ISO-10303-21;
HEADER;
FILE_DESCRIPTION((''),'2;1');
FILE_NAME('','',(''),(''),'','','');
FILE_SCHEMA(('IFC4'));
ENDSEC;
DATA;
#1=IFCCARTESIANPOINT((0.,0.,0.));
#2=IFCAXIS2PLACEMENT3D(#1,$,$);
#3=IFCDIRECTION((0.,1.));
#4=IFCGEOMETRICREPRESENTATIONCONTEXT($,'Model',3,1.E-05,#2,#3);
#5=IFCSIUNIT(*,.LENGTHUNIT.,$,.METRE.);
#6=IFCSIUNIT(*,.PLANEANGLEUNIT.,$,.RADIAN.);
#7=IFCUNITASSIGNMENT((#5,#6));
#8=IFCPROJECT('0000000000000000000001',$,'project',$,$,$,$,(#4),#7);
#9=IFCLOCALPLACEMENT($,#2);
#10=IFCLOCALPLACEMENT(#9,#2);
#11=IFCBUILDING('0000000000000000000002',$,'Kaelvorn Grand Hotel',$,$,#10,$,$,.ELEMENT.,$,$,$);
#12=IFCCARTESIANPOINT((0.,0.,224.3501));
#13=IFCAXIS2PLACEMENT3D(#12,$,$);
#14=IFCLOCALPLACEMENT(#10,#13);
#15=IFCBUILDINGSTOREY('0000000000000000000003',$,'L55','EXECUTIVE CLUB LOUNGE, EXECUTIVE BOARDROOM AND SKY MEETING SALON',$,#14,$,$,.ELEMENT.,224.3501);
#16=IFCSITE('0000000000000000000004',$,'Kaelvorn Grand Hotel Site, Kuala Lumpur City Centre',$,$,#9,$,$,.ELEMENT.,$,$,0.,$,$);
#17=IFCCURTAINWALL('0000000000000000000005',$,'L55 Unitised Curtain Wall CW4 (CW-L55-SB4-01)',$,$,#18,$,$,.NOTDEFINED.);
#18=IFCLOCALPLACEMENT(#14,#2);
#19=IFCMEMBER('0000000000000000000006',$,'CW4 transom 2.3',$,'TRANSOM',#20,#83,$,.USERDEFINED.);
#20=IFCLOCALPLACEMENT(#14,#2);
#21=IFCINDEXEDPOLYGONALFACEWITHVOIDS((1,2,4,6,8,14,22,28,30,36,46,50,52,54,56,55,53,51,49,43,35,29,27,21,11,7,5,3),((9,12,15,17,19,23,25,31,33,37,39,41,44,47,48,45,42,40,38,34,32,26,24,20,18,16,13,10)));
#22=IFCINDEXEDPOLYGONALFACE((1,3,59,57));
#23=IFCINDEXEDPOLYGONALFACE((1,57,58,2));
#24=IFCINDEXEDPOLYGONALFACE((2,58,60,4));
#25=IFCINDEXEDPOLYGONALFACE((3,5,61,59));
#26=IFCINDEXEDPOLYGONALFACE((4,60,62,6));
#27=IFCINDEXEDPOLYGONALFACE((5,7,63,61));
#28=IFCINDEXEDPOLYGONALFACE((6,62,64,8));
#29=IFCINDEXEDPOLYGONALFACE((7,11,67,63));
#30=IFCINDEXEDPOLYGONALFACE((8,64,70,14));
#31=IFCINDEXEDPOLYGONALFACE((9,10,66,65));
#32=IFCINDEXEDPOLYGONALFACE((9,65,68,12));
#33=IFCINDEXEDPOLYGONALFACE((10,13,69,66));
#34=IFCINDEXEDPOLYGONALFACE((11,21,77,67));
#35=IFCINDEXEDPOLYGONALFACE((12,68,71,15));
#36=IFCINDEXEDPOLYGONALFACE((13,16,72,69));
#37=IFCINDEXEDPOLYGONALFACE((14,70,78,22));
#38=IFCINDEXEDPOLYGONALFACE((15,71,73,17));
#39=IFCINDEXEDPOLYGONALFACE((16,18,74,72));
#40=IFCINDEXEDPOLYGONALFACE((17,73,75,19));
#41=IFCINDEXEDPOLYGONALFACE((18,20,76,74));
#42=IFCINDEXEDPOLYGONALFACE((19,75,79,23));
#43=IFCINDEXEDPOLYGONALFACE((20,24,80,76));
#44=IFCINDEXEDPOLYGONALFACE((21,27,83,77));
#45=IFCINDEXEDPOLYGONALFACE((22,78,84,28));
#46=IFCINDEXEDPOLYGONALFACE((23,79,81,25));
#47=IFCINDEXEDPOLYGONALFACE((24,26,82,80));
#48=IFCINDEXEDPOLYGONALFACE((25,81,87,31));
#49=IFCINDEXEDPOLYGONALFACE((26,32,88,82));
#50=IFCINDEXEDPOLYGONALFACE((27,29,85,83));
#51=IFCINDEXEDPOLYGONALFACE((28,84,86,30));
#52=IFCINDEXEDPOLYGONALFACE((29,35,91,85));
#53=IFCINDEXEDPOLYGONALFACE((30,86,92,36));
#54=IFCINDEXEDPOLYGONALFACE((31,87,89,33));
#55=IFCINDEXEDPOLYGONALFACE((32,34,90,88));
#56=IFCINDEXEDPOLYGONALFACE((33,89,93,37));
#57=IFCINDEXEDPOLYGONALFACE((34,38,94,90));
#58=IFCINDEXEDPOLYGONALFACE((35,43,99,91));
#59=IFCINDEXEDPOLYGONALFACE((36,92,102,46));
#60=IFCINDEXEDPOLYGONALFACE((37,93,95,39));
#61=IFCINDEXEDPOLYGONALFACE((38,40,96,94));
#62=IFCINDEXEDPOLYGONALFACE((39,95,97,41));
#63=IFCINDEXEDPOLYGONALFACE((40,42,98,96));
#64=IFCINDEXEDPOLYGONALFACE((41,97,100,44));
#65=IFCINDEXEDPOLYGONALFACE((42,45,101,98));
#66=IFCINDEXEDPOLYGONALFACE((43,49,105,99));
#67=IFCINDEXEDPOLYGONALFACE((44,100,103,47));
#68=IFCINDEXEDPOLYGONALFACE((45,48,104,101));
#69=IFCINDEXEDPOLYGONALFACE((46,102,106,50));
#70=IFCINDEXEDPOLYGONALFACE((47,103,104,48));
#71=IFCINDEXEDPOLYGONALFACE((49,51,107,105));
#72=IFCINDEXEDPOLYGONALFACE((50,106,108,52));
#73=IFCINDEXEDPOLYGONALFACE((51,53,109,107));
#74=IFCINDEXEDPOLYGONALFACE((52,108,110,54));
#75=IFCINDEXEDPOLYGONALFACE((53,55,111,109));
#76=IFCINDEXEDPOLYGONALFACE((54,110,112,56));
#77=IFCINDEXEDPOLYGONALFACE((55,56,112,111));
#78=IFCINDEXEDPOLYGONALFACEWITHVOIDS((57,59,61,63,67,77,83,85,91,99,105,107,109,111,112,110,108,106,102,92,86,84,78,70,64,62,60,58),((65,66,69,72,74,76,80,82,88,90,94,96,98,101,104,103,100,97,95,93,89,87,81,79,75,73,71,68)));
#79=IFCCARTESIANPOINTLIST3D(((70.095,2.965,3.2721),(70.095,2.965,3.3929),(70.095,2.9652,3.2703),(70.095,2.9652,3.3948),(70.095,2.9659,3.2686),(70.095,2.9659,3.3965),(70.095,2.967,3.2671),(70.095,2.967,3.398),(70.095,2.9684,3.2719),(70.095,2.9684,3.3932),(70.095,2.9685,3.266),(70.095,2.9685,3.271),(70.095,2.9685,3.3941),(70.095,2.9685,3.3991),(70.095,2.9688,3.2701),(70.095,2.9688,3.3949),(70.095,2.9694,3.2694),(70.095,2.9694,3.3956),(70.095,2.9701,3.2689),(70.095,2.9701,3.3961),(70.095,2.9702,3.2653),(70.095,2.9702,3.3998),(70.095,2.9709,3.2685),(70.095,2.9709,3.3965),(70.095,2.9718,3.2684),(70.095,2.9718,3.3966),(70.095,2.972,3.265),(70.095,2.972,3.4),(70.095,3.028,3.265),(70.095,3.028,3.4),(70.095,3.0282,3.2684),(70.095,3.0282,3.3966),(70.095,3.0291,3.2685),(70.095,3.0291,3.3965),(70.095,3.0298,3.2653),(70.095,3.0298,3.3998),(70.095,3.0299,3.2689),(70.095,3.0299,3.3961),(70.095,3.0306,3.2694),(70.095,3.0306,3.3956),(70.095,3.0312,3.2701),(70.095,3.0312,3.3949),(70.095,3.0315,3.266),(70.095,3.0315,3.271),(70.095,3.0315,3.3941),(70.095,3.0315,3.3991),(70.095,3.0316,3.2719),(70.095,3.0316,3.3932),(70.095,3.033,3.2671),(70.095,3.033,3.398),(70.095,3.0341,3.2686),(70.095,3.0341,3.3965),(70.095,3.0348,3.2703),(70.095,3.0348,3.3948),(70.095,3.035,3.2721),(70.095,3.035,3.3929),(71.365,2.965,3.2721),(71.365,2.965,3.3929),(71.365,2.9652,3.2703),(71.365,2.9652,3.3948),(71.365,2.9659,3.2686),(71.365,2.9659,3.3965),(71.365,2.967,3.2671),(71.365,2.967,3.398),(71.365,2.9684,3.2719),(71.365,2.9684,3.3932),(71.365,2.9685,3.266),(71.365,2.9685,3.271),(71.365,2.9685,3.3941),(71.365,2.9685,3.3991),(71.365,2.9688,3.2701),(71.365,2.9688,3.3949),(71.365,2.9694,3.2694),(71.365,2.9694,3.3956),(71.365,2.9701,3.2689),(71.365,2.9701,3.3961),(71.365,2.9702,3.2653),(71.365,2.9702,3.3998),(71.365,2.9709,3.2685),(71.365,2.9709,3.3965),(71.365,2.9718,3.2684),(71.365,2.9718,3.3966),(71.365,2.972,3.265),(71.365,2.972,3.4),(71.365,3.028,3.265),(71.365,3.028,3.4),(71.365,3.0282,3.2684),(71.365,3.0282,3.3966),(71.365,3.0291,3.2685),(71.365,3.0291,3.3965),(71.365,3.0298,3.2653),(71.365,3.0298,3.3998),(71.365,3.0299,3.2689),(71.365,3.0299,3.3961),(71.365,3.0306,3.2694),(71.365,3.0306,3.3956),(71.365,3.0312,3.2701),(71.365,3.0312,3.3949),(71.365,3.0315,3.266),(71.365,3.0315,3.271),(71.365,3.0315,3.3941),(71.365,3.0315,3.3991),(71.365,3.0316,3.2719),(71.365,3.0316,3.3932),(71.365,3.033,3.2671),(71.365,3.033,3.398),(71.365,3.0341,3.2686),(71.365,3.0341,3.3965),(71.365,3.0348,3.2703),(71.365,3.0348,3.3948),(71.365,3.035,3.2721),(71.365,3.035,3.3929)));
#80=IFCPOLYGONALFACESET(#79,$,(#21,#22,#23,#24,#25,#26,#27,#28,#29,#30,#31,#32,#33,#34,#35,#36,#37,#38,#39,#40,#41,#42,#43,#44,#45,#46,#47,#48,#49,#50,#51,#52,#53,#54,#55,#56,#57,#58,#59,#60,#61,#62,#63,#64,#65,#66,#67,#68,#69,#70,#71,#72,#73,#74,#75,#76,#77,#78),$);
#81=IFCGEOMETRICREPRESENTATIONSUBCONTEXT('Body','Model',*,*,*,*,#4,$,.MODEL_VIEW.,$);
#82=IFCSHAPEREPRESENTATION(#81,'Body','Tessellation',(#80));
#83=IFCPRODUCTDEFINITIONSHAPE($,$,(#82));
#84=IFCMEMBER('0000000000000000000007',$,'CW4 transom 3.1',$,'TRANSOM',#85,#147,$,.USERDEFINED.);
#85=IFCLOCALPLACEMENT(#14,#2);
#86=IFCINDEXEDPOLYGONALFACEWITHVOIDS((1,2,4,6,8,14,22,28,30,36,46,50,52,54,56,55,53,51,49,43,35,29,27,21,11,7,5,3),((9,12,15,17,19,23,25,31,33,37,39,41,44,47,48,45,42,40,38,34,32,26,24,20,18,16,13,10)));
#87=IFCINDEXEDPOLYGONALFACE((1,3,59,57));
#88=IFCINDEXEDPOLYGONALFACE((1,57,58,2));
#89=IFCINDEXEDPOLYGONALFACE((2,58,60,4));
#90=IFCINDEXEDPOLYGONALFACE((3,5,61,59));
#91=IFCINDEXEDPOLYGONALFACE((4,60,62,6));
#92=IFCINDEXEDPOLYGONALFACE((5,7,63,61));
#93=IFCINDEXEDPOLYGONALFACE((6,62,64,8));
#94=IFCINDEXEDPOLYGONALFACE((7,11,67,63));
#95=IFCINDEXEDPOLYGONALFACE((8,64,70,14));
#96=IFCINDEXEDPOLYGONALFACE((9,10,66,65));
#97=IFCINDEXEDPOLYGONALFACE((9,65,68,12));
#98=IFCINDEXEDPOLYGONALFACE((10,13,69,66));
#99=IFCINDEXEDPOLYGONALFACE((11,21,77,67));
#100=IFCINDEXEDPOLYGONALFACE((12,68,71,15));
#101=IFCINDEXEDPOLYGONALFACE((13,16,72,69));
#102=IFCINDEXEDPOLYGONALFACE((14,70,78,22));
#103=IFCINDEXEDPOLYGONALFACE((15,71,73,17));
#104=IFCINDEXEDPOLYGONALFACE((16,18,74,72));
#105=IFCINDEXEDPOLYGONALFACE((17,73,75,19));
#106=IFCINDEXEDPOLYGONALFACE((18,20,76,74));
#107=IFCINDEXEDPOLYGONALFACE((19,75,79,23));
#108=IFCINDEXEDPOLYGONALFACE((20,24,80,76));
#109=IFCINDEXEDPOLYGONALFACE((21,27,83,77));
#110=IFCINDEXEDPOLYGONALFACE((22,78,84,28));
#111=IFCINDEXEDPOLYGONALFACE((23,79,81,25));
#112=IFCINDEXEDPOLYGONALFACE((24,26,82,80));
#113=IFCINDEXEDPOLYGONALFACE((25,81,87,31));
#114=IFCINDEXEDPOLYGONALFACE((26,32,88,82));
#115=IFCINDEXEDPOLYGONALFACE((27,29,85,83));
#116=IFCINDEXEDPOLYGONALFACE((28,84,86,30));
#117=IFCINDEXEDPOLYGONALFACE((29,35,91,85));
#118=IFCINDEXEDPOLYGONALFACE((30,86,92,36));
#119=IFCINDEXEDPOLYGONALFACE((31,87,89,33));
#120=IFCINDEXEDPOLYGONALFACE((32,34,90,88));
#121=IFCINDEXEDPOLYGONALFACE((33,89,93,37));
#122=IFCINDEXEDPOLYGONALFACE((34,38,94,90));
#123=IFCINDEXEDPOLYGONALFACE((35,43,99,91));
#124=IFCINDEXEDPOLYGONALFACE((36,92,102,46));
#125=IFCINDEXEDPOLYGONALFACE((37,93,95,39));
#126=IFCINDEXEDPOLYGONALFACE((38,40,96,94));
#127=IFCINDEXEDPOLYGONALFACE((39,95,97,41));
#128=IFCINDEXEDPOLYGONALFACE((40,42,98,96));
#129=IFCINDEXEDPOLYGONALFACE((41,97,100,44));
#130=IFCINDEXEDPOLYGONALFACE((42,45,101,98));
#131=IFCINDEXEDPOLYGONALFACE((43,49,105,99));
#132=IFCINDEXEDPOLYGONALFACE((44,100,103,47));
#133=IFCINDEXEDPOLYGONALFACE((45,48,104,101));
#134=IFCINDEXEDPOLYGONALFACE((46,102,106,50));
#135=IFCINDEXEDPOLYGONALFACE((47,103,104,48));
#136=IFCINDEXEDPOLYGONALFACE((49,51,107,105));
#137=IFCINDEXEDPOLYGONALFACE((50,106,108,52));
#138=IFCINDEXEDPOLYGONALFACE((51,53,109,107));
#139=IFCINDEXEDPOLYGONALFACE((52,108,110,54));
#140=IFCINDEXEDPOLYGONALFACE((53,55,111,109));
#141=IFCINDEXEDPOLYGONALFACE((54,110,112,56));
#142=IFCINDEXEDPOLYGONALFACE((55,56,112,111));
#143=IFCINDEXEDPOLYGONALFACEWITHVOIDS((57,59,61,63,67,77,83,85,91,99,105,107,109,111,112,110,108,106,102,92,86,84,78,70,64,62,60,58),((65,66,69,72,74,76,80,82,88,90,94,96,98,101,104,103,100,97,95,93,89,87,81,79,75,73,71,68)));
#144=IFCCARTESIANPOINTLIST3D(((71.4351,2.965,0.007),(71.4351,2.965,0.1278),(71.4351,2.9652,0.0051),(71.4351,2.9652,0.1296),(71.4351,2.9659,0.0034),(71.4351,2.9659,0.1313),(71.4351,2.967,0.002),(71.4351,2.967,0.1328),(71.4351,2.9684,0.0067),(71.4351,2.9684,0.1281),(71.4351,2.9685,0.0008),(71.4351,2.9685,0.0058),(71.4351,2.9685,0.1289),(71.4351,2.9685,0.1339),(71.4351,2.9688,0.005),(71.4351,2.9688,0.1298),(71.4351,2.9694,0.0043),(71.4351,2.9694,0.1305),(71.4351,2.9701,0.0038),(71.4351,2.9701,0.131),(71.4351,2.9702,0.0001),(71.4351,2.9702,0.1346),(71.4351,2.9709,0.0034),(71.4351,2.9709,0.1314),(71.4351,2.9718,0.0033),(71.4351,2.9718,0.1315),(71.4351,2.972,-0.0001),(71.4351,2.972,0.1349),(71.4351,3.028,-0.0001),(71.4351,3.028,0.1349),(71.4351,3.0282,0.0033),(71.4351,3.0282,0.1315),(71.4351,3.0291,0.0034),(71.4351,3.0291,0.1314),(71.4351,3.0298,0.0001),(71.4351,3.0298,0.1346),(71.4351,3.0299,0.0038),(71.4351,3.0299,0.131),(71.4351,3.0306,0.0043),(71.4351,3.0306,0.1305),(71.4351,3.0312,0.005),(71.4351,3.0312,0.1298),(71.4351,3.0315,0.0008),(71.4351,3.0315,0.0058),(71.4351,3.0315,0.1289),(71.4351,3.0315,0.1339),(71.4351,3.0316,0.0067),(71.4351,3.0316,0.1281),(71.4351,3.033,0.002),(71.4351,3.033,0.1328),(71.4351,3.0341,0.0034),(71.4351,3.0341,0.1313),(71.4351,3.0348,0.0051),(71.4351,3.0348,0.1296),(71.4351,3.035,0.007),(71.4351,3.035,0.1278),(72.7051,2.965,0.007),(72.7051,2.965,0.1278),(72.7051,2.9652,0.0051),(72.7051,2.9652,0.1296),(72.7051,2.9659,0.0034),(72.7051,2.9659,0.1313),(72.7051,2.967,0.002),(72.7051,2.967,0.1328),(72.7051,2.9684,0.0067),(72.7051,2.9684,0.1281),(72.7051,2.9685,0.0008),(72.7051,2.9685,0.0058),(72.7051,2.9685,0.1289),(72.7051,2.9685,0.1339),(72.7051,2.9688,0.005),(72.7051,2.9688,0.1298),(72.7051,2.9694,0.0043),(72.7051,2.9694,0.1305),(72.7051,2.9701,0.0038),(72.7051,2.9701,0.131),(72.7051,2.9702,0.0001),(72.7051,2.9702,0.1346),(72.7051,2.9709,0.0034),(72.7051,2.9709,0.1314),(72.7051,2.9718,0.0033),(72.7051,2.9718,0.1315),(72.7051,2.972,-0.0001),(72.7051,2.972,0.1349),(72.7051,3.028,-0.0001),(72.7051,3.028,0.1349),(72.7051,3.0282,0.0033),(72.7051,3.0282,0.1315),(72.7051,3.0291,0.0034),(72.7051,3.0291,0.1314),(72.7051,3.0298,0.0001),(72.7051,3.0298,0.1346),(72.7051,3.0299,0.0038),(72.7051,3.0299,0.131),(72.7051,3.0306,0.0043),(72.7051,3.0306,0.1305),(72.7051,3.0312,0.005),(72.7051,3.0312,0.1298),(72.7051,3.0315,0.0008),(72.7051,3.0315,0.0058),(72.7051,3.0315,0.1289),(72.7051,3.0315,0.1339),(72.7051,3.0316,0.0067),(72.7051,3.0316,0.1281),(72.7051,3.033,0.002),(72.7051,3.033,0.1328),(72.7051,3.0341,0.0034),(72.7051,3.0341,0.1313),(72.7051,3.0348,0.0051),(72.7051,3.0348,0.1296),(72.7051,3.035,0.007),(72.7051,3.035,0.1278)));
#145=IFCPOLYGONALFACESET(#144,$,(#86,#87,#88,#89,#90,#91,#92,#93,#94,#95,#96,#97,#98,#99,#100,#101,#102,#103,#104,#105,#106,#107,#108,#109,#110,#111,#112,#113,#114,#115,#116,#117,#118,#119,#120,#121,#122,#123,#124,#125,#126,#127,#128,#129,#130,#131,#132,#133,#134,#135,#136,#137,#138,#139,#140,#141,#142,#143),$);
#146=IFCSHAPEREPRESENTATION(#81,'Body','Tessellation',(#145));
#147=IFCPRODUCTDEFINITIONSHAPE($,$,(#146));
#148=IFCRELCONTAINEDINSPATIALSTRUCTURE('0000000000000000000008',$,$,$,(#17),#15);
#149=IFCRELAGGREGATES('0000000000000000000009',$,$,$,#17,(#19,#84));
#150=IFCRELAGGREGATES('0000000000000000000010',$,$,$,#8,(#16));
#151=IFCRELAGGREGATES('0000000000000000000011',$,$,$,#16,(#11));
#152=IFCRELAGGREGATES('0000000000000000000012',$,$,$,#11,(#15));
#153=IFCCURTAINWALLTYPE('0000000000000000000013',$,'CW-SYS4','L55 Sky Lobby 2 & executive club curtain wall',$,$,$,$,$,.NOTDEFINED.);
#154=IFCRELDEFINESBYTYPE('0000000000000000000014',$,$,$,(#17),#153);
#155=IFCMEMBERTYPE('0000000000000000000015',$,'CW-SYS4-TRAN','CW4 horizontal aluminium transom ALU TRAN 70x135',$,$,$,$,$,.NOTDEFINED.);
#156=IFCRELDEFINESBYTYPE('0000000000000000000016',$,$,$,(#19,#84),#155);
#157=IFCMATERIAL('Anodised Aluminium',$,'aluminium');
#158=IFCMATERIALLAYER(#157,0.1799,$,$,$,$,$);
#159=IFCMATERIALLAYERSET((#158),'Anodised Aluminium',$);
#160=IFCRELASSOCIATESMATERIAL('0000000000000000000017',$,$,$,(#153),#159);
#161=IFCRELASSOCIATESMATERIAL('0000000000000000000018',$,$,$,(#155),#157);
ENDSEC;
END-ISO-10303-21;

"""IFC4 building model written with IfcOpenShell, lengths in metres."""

from ifc_helpers import new_model, si_unit, direction, frame, origin, origin_2d, place, context, subcontext, project, spatial, hollow_rectangle, extrude, material, layer, layer_set, material_profile, profile_set, type_object, element, aggregate, save


model = new_model("IFC4")

# Units and contexts
model_context = context("Model", 3, precision=1e-05, world=origin(), true_north=direction((0.0, 1.0)))
body_context = subcontext(model_context, "Body", "Model", "MODEL_VIEW")
ifc_project = project(units=[si_unit("LENGTHUNIT", "METRE"), si_unit("PLANEANGLEUNIT", "RADIAN")], contexts=[model_context])

# Site, building, storey
site_placement = place(None, origin())
site = spatial("IfcSite", under=ifc_project, at=site_placement, Name="Kaelvorn Grand Hotel Site, Kuala Lumpur City Centre", CompositionType="ELEMENT", RefElevation=0.0)
building_placement = place(site_placement, origin())
building = spatial("IfcBuilding", under=site, at=building_placement, Name="Kaelvorn Grand Hotel", CompositionType="ELEMENT")
storey_placement = place(building_placement, frame((0.0, 0.0, 224.3501)))
storey = spatial("IfcBuildingStorey", under=building, at=storey_placement, Name="L55", Description="EXECUTIVE CLUB LOUNGE, EXECUTIVE BOARDROOM AND SKY MEETING SALON", CompositionType="ELEMENT", Elevation=224.3501)

# Curtain wall, members
ifc_material_1 = material(Name="Anodised Aluminium", Category="aluminium")
ifc_layer_1 = layer(ifc_material_1, 0.1799)
ifc_layer_set_1 = layer_set([ifc_layer_1], Name="Anodised Aluminium")
curtain_wall_type = type_object("IfcCurtainWallType", Name="CW-SYS4", Description="L55 Sky Lobby 2 & executive club curtain wall", PredefinedType="NOTDEFINED", material=ifc_layer_set_1)
curtain_wall_placement = place(storey_placement, origin())
curtain_wall = element("IfcCurtainWall", 1, at=curtain_wall_placement, inside=storey, type_object=curtain_wall_type, Name="L55 Unitised Curtain Wall CW4 (CW-L55-SB4-01)", PredefinedType="NOTDEFINED")
ifc_material_profile_1 = material_profile(ifc_material_1, hollow_rectangle(XDim=0.0701, YDim=0.135, WallThickness=0.0034, InnerFilletRadius=0.0034, OuterFilletRadius=0.0071, at=origin_2d()), Name="ALU TRAN 70x135")
ifc_profile_set_1 = profile_set([ifc_material_profile_1], Name="Anodised Aluminium")
member_type_1 = type_object("IfcMemberType", Name="CW-SYS4-TRAN", Description="CW4 horizontal aluminium transom ALU TRAN 70x135", PredefinedType="NOTDEFINED", material=ifc_profile_set_1)
member_1_placement = place(storey_placement, frame((70.095, 3.0, 3.3325), z_axis=(1.0, 0.0, 0.0), x_axis=(0.0, 1.0, 0.0)))
member_1 = element("IfcMember", 2, at=member_1_placement, type_object=member_type_1, Name="CW4 transom 2.3", ObjectType="TRANSOM", PredefinedType="USERDEFINED", context=body_context, shape_type="SweptSolid", body=[
    extrude(hollow_rectangle(XDim=0.0701, YDim=0.135, WallThickness=0.0034, InnerFilletRadius=0.0034, OuterFilletRadius=0.0071, at=origin_2d()), origin(), (0.0, 0.0, 1.0), 1.27),
])
member_2_placement = place(storey_placement, frame((71.4351, 3.0, 0.0674), z_axis=(1.0, 0.0, 0.0), x_axis=(0.0, 1.0, 0.0)))
member_2 = element("IfcMember", 3, at=member_2_placement, type_object=member_type_1, Name="CW4 transom 3.1", ObjectType="TRANSOM", PredefinedType="USERDEFINED", context=body_context, shape_type="SweptSolid", body=[
    extrude(hollow_rectangle(XDim=0.0701, YDim=0.135, WallThickness=0.0034, InnerFilletRadius=0.0034, OuterFilletRadius=0.0071, at=origin_2d()), origin(), (0.0, 0.0, 1.0), 1.27),
])
aggregate(curtain_wall, [member_1, member_2])

save(model, "model.ifc")
